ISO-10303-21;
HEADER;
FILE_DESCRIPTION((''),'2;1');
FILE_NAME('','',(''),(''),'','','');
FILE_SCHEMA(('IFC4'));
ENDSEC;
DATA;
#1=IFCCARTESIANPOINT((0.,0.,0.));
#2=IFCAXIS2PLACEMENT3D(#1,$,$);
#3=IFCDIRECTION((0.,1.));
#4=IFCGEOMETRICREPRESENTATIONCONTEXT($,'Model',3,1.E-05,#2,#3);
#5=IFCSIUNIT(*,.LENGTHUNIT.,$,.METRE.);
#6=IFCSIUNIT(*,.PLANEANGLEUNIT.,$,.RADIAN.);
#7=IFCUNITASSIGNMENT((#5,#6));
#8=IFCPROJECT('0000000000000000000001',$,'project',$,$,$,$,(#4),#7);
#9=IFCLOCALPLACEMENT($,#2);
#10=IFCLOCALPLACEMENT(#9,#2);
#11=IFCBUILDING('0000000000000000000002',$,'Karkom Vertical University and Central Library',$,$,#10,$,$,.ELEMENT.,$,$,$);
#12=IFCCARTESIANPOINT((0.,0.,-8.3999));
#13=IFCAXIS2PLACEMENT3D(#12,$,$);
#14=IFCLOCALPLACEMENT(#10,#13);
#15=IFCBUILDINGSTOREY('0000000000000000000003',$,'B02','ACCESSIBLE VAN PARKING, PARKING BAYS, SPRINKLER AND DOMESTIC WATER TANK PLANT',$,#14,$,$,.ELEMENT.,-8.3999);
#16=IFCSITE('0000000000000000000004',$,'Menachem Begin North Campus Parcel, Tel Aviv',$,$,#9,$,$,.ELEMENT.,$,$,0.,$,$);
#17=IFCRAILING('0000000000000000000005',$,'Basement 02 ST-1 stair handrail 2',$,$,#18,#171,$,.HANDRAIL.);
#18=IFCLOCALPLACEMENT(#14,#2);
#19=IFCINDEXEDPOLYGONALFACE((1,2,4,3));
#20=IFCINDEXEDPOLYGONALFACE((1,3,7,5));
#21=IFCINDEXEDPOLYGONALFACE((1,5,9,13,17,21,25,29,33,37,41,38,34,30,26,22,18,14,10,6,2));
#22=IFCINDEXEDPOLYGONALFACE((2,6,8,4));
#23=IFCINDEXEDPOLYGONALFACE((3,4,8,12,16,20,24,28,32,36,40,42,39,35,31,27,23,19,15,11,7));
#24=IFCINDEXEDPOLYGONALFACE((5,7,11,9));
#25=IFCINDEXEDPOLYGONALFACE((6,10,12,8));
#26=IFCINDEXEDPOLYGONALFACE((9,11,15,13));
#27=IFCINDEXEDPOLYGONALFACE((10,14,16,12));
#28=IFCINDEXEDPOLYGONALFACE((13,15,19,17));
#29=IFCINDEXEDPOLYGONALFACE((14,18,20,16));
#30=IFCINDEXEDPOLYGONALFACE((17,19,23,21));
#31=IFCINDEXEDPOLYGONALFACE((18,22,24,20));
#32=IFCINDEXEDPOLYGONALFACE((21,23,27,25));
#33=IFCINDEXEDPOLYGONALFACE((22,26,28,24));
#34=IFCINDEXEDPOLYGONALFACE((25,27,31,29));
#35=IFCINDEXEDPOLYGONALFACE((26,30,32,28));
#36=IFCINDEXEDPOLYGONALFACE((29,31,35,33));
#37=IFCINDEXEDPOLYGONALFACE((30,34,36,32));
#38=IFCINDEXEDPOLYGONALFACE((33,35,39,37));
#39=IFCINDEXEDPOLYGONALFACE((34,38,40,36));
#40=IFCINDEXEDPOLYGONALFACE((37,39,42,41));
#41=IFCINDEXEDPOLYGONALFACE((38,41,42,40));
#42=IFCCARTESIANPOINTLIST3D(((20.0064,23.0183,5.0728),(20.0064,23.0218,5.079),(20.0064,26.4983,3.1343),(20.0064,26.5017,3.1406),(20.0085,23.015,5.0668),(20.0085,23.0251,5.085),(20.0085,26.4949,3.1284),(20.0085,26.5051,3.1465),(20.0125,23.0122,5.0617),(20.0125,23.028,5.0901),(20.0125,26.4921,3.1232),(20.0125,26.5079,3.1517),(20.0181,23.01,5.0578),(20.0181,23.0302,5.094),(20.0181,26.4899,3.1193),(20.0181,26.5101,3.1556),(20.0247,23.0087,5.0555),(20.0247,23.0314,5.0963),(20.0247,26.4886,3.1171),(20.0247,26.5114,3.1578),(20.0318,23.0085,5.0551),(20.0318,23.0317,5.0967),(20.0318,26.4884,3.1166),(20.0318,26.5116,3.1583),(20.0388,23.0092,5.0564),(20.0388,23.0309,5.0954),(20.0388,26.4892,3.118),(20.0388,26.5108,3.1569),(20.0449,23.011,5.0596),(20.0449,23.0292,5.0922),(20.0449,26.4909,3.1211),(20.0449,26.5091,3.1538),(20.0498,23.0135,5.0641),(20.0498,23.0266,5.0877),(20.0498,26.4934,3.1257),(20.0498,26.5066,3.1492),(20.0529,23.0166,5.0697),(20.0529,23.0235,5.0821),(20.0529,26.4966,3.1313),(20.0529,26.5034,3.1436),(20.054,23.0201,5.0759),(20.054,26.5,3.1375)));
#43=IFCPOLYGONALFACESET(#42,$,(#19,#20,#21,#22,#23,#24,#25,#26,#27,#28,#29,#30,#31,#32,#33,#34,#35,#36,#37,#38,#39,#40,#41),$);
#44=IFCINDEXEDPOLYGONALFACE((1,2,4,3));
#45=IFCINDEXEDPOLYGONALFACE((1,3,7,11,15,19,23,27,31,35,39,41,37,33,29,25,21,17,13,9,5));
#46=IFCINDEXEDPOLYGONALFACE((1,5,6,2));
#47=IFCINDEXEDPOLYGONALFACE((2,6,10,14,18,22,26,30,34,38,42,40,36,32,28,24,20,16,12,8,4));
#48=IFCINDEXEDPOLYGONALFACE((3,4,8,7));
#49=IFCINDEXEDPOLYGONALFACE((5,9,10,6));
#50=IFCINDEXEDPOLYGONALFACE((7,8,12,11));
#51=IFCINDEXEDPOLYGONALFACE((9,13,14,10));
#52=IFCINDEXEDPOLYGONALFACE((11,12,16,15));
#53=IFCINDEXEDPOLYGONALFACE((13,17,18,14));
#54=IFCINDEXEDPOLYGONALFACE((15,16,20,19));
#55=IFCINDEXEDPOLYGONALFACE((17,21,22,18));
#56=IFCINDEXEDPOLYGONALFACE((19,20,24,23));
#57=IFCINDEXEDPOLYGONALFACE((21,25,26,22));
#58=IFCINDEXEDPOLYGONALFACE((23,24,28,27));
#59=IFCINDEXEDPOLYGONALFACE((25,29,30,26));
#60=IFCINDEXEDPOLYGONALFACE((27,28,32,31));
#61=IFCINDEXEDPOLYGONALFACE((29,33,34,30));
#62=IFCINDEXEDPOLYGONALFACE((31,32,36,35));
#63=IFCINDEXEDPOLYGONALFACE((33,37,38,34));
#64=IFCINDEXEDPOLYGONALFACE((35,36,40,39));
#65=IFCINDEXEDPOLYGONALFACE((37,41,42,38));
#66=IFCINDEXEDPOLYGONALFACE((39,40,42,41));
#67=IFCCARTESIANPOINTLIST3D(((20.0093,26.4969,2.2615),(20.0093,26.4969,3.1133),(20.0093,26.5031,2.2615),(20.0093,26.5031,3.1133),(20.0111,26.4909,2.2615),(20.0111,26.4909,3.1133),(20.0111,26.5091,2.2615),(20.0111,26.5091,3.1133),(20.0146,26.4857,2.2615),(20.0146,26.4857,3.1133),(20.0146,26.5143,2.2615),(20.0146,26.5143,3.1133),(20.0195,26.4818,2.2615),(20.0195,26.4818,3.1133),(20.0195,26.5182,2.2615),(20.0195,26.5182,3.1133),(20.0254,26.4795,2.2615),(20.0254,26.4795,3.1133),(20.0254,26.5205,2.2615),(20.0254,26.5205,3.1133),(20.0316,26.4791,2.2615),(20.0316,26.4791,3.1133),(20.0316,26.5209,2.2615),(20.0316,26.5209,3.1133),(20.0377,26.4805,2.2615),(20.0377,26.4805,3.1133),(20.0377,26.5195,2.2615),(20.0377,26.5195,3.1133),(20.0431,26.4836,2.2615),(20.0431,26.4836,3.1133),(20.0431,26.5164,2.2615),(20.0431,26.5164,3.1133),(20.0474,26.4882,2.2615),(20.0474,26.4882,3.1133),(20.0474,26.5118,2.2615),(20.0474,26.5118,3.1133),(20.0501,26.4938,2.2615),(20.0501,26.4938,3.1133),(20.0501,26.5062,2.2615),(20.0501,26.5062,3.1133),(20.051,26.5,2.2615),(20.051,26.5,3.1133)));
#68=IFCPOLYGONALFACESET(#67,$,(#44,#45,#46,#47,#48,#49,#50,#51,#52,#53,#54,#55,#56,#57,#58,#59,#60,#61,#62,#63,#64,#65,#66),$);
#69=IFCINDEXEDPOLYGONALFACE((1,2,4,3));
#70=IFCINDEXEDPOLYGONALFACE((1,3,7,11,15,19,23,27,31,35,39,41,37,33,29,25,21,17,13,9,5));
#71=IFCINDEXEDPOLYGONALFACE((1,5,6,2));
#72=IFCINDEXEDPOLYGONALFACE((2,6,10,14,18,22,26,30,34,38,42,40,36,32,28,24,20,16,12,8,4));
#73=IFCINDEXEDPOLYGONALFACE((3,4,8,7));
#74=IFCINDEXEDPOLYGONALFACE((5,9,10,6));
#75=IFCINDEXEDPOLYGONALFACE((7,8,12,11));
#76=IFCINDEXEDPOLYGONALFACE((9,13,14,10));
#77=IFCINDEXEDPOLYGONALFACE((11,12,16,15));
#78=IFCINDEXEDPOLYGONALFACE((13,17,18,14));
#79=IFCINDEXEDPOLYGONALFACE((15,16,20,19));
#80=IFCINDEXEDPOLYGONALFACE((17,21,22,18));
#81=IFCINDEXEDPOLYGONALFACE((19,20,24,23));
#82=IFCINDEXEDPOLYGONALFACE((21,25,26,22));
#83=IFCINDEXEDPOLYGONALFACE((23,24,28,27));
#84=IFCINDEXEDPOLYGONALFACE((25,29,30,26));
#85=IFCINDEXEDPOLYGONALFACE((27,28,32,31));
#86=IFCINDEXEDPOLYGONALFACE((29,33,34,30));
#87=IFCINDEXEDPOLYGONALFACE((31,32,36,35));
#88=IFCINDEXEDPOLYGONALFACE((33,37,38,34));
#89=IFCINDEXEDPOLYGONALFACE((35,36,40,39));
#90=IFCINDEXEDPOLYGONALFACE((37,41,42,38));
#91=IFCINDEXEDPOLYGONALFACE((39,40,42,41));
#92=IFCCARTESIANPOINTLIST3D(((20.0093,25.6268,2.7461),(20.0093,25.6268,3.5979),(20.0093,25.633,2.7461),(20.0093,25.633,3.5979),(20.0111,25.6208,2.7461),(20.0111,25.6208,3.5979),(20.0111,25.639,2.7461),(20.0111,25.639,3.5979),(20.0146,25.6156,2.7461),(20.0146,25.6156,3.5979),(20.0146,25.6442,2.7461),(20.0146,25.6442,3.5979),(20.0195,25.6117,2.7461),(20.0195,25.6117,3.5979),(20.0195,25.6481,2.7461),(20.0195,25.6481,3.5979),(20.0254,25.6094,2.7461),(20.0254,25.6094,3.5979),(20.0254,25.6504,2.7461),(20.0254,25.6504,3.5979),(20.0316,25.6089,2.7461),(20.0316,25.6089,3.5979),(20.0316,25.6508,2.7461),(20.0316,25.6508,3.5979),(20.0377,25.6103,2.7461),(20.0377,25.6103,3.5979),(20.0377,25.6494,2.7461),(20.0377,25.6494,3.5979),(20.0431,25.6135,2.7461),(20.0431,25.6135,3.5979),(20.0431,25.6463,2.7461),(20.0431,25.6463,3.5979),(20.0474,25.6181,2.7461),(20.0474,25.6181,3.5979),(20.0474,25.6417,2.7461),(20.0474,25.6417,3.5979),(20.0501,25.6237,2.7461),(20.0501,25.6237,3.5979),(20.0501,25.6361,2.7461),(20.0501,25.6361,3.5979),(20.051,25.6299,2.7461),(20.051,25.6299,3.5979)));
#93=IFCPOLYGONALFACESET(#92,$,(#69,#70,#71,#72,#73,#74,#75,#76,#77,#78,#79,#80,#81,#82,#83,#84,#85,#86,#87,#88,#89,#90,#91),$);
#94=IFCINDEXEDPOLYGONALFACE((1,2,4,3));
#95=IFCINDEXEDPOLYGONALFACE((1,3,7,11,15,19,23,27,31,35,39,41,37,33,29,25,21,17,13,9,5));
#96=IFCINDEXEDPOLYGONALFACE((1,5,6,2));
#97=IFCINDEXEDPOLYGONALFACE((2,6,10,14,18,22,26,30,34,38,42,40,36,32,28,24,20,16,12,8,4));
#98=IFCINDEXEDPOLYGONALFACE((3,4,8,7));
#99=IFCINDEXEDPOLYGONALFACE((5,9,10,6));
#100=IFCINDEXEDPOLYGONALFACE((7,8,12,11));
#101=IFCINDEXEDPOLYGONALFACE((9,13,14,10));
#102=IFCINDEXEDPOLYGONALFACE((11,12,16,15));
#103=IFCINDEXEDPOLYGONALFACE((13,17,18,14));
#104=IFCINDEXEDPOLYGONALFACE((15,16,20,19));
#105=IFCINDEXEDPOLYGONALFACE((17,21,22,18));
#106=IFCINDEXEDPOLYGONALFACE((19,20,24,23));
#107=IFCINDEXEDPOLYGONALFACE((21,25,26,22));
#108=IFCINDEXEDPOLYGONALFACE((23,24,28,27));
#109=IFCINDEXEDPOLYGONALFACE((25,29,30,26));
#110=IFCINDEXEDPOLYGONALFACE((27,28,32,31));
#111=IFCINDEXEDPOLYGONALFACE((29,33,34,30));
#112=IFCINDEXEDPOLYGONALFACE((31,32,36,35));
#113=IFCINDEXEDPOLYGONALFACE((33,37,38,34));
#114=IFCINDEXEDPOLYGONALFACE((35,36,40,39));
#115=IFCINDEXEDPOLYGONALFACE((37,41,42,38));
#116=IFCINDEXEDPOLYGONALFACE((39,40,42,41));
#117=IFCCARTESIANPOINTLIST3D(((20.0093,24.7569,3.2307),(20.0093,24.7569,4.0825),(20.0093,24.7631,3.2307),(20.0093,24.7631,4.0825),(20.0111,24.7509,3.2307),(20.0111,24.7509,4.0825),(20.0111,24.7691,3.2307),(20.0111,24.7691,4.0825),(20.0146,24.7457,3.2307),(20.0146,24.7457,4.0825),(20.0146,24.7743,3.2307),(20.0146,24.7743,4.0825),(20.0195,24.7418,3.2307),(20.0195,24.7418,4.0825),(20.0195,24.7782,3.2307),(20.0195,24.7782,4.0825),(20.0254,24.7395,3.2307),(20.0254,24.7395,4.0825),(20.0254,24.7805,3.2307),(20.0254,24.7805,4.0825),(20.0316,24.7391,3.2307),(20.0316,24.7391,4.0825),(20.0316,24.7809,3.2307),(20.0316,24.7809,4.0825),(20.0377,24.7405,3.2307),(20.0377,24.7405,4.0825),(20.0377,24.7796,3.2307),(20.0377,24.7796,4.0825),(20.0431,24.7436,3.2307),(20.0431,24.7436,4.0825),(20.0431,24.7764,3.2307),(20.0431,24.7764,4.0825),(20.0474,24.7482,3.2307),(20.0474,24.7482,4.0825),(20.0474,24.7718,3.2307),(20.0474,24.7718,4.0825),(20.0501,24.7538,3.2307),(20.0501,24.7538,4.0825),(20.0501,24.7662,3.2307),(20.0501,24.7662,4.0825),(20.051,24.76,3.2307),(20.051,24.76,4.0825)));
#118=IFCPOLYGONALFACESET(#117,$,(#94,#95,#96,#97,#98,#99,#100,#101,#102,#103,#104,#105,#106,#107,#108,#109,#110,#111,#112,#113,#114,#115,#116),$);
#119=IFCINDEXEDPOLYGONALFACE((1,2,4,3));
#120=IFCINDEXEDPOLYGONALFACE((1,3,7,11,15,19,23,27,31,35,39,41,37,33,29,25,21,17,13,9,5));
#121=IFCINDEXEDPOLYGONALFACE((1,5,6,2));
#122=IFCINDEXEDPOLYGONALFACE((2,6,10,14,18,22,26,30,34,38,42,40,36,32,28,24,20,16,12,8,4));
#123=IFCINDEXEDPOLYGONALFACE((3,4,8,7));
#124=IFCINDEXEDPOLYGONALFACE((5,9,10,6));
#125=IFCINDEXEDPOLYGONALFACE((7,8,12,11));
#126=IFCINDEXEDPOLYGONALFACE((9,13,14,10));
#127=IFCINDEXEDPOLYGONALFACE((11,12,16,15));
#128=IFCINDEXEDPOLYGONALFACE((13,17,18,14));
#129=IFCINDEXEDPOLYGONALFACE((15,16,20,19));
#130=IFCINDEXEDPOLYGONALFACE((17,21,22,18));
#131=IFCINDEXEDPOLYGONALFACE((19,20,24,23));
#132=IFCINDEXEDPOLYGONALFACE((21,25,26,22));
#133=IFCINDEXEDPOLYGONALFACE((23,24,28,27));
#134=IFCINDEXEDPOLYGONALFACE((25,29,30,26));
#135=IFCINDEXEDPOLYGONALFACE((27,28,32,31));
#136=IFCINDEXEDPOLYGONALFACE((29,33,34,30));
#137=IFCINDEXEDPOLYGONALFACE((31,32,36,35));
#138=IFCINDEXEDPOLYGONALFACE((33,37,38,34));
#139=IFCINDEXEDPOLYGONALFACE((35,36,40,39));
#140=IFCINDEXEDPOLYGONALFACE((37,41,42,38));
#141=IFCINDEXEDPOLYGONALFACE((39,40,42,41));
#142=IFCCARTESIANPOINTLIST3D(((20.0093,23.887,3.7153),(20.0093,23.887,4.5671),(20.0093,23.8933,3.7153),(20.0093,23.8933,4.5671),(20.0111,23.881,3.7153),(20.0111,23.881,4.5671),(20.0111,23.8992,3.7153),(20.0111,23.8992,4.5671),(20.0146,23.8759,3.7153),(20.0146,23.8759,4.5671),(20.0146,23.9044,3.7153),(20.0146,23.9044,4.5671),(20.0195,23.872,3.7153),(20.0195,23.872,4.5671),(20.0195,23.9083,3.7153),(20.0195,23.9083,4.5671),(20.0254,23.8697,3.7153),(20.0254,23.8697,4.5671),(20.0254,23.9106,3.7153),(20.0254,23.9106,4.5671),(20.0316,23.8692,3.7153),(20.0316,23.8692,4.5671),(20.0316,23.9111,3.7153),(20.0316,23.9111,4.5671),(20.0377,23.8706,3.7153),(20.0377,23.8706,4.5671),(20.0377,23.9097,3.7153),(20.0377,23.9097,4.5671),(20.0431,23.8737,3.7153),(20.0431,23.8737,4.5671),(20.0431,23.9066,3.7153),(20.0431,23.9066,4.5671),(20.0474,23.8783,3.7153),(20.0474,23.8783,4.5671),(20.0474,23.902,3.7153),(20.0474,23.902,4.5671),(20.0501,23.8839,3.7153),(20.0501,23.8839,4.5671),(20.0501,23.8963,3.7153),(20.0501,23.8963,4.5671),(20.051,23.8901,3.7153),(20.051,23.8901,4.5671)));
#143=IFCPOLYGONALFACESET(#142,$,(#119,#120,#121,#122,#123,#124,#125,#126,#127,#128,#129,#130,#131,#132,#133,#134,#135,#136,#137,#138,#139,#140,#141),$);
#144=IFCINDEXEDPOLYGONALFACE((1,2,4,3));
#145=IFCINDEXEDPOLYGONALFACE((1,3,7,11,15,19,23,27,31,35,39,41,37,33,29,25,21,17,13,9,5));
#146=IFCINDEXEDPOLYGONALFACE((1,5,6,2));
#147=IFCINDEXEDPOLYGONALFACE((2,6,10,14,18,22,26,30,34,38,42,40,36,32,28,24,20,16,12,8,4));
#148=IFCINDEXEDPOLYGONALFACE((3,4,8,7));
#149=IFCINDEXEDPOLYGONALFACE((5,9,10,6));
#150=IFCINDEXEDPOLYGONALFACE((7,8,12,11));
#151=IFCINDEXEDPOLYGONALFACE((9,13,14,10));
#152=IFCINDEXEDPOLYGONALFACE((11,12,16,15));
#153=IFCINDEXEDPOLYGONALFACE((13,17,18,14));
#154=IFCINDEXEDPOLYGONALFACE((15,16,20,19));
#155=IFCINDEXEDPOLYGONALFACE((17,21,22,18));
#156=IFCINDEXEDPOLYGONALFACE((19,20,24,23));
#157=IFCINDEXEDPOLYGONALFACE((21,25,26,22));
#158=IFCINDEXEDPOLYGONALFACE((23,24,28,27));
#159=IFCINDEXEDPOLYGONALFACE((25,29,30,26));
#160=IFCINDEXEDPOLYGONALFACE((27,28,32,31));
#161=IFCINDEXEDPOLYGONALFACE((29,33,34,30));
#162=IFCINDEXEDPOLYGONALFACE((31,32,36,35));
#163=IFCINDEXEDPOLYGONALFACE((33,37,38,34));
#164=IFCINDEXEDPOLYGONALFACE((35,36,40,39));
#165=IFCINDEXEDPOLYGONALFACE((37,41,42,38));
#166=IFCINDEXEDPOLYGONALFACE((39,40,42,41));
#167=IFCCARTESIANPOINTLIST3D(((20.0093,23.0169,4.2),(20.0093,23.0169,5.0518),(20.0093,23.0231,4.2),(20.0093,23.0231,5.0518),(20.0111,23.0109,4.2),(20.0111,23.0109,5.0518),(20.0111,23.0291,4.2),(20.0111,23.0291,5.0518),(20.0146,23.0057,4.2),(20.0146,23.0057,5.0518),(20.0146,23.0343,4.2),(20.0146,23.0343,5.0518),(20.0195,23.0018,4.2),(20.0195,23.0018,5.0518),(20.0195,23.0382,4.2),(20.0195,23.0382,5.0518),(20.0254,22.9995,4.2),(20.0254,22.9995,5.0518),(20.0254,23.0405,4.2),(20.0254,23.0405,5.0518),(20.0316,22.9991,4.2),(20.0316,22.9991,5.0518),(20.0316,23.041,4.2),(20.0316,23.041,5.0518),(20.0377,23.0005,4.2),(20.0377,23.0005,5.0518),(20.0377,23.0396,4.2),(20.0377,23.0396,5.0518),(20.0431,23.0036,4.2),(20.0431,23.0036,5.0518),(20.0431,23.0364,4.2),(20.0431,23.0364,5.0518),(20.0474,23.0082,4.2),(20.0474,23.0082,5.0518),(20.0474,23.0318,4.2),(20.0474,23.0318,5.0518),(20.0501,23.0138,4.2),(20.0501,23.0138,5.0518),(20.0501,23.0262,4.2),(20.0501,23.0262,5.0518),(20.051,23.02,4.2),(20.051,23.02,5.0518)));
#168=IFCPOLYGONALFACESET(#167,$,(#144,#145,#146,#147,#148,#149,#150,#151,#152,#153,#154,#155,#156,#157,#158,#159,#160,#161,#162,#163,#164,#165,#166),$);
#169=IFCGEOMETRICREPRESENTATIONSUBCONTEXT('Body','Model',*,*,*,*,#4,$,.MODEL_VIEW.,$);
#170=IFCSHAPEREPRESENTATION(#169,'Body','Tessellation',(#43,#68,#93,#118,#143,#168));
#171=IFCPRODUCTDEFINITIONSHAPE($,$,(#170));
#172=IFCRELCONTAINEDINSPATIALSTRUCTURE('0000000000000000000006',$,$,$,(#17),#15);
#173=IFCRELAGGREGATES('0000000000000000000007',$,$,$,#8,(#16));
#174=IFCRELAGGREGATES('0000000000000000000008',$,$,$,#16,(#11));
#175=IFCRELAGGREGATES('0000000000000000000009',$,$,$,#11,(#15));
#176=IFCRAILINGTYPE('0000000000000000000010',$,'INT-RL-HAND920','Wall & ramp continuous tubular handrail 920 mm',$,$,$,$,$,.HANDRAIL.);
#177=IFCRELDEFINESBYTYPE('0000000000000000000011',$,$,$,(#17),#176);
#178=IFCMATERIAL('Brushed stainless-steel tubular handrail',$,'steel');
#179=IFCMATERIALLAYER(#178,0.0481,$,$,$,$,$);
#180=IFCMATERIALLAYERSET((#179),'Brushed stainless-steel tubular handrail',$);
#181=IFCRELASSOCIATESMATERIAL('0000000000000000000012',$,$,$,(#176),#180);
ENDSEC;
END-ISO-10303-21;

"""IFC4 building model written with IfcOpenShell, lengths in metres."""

from ifc_helpers import new_model, si_unit, direction, frame, origin, origin_2d, place, context, subcontext, project, spatial, circle, extrude, material, layer, layer_set, type_object, element, save


model = new_model("IFC4")

# Units and contexts
model_context = context("Model", 3, precision=1e-05, world=origin(), true_north=direction((0.0, 1.0)))
body_context = subcontext(model_context, "Body", "Model", "MODEL_VIEW")
ifc_project = project(units=[si_unit("LENGTHUNIT", "METRE"), si_unit("PLANEANGLEUNIT", "RADIAN")], contexts=[model_context])

# Site, building, storey
site_placement = place(None, origin())
site = spatial("IfcSite", under=ifc_project, at=site_placement, Name="Menachem Begin North Campus Parcel, Tel Aviv", CompositionType="ELEMENT", RefElevation=0.0)
building_placement = place(site_placement, origin())
building = spatial("IfcBuilding", under=site, at=building_placement, Name="Karkom Vertical University and Central Library", CompositionType="ELEMENT")
storey_placement = place(building_placement, frame((0.0, 0.0, -8.3999)))
storey = spatial("IfcBuildingStorey", under=building, at=storey_placement, Name="B02", Description="ACCESSIBLE VAN PARKING, PARKING BAYS, SPRINKLER AND DOMESTIC WATER TANK PLANT", CompositionType="ELEMENT", Elevation=-8.3999)

# Railing
ifc_material_1 = material(Name="Brushed stainless-steel tubular handrail", Category="steel")
ifc_layer_1 = layer(ifc_material_1, 0.0481)
ifc_layer_set_1 = layer_set([ifc_layer_1], Name="Brushed stainless-steel tubular handrail")
railing_type_1 = type_object("IfcRailingType", Name="INT-RL-HAND920", Description="Wall & ramp continuous tubular handrail 920 mm", PredefinedType="HANDRAIL", material=ifc_layer_set_1)
for number, where, name in (
    (1, (20.03, 26.5, 2.2615), "Basement 02 ST-1 stair handrail 2"),
):
    element("IfcRailing", number, at=place(storey_placement, frame(where)), inside=storey, type_object=railing_type_1, Name=name, PredefinedType="HANDRAIL", context=body_context, shape_type="SweptSolid", body=[
        extrude(circle(Radius=0.0239, at=origin_2d()), frame((0.0, 0.0, 0.876), z_axis=(0.0, -0.873607, 0.486631), x_axis=(1.0, 0.0, 0.0)), (0.0, 0.0, 1.0), 3.9834),
        extrude(circle(Radius=0.021, at=origin_2d()), origin(), (0.0, 0.0, 1.0), 0.8518),
        extrude(circle(Radius=0.021, at=origin_2d()), frame((0.0, -0.8701, 0.4846)), (0.0, 0.0, 1.0), 0.8518),
        extrude(circle(Radius=0.021, at=origin_2d()), frame((0.0, -1.74, 0.9692)), (0.0, 0.0, 1.0), 0.8518),
        extrude(circle(Radius=0.021, at=origin_2d()), frame((0.0, -2.6099, 1.4539)), (0.0, 0.0, 1.0), 0.8518),
        extrude(circle(Radius=0.021, at=origin_2d()), frame((0.0, -3.48, 1.9385)), (0.0, 0.0, 1.0), 0.8518),
    ])

save(model, "model.ifc")
